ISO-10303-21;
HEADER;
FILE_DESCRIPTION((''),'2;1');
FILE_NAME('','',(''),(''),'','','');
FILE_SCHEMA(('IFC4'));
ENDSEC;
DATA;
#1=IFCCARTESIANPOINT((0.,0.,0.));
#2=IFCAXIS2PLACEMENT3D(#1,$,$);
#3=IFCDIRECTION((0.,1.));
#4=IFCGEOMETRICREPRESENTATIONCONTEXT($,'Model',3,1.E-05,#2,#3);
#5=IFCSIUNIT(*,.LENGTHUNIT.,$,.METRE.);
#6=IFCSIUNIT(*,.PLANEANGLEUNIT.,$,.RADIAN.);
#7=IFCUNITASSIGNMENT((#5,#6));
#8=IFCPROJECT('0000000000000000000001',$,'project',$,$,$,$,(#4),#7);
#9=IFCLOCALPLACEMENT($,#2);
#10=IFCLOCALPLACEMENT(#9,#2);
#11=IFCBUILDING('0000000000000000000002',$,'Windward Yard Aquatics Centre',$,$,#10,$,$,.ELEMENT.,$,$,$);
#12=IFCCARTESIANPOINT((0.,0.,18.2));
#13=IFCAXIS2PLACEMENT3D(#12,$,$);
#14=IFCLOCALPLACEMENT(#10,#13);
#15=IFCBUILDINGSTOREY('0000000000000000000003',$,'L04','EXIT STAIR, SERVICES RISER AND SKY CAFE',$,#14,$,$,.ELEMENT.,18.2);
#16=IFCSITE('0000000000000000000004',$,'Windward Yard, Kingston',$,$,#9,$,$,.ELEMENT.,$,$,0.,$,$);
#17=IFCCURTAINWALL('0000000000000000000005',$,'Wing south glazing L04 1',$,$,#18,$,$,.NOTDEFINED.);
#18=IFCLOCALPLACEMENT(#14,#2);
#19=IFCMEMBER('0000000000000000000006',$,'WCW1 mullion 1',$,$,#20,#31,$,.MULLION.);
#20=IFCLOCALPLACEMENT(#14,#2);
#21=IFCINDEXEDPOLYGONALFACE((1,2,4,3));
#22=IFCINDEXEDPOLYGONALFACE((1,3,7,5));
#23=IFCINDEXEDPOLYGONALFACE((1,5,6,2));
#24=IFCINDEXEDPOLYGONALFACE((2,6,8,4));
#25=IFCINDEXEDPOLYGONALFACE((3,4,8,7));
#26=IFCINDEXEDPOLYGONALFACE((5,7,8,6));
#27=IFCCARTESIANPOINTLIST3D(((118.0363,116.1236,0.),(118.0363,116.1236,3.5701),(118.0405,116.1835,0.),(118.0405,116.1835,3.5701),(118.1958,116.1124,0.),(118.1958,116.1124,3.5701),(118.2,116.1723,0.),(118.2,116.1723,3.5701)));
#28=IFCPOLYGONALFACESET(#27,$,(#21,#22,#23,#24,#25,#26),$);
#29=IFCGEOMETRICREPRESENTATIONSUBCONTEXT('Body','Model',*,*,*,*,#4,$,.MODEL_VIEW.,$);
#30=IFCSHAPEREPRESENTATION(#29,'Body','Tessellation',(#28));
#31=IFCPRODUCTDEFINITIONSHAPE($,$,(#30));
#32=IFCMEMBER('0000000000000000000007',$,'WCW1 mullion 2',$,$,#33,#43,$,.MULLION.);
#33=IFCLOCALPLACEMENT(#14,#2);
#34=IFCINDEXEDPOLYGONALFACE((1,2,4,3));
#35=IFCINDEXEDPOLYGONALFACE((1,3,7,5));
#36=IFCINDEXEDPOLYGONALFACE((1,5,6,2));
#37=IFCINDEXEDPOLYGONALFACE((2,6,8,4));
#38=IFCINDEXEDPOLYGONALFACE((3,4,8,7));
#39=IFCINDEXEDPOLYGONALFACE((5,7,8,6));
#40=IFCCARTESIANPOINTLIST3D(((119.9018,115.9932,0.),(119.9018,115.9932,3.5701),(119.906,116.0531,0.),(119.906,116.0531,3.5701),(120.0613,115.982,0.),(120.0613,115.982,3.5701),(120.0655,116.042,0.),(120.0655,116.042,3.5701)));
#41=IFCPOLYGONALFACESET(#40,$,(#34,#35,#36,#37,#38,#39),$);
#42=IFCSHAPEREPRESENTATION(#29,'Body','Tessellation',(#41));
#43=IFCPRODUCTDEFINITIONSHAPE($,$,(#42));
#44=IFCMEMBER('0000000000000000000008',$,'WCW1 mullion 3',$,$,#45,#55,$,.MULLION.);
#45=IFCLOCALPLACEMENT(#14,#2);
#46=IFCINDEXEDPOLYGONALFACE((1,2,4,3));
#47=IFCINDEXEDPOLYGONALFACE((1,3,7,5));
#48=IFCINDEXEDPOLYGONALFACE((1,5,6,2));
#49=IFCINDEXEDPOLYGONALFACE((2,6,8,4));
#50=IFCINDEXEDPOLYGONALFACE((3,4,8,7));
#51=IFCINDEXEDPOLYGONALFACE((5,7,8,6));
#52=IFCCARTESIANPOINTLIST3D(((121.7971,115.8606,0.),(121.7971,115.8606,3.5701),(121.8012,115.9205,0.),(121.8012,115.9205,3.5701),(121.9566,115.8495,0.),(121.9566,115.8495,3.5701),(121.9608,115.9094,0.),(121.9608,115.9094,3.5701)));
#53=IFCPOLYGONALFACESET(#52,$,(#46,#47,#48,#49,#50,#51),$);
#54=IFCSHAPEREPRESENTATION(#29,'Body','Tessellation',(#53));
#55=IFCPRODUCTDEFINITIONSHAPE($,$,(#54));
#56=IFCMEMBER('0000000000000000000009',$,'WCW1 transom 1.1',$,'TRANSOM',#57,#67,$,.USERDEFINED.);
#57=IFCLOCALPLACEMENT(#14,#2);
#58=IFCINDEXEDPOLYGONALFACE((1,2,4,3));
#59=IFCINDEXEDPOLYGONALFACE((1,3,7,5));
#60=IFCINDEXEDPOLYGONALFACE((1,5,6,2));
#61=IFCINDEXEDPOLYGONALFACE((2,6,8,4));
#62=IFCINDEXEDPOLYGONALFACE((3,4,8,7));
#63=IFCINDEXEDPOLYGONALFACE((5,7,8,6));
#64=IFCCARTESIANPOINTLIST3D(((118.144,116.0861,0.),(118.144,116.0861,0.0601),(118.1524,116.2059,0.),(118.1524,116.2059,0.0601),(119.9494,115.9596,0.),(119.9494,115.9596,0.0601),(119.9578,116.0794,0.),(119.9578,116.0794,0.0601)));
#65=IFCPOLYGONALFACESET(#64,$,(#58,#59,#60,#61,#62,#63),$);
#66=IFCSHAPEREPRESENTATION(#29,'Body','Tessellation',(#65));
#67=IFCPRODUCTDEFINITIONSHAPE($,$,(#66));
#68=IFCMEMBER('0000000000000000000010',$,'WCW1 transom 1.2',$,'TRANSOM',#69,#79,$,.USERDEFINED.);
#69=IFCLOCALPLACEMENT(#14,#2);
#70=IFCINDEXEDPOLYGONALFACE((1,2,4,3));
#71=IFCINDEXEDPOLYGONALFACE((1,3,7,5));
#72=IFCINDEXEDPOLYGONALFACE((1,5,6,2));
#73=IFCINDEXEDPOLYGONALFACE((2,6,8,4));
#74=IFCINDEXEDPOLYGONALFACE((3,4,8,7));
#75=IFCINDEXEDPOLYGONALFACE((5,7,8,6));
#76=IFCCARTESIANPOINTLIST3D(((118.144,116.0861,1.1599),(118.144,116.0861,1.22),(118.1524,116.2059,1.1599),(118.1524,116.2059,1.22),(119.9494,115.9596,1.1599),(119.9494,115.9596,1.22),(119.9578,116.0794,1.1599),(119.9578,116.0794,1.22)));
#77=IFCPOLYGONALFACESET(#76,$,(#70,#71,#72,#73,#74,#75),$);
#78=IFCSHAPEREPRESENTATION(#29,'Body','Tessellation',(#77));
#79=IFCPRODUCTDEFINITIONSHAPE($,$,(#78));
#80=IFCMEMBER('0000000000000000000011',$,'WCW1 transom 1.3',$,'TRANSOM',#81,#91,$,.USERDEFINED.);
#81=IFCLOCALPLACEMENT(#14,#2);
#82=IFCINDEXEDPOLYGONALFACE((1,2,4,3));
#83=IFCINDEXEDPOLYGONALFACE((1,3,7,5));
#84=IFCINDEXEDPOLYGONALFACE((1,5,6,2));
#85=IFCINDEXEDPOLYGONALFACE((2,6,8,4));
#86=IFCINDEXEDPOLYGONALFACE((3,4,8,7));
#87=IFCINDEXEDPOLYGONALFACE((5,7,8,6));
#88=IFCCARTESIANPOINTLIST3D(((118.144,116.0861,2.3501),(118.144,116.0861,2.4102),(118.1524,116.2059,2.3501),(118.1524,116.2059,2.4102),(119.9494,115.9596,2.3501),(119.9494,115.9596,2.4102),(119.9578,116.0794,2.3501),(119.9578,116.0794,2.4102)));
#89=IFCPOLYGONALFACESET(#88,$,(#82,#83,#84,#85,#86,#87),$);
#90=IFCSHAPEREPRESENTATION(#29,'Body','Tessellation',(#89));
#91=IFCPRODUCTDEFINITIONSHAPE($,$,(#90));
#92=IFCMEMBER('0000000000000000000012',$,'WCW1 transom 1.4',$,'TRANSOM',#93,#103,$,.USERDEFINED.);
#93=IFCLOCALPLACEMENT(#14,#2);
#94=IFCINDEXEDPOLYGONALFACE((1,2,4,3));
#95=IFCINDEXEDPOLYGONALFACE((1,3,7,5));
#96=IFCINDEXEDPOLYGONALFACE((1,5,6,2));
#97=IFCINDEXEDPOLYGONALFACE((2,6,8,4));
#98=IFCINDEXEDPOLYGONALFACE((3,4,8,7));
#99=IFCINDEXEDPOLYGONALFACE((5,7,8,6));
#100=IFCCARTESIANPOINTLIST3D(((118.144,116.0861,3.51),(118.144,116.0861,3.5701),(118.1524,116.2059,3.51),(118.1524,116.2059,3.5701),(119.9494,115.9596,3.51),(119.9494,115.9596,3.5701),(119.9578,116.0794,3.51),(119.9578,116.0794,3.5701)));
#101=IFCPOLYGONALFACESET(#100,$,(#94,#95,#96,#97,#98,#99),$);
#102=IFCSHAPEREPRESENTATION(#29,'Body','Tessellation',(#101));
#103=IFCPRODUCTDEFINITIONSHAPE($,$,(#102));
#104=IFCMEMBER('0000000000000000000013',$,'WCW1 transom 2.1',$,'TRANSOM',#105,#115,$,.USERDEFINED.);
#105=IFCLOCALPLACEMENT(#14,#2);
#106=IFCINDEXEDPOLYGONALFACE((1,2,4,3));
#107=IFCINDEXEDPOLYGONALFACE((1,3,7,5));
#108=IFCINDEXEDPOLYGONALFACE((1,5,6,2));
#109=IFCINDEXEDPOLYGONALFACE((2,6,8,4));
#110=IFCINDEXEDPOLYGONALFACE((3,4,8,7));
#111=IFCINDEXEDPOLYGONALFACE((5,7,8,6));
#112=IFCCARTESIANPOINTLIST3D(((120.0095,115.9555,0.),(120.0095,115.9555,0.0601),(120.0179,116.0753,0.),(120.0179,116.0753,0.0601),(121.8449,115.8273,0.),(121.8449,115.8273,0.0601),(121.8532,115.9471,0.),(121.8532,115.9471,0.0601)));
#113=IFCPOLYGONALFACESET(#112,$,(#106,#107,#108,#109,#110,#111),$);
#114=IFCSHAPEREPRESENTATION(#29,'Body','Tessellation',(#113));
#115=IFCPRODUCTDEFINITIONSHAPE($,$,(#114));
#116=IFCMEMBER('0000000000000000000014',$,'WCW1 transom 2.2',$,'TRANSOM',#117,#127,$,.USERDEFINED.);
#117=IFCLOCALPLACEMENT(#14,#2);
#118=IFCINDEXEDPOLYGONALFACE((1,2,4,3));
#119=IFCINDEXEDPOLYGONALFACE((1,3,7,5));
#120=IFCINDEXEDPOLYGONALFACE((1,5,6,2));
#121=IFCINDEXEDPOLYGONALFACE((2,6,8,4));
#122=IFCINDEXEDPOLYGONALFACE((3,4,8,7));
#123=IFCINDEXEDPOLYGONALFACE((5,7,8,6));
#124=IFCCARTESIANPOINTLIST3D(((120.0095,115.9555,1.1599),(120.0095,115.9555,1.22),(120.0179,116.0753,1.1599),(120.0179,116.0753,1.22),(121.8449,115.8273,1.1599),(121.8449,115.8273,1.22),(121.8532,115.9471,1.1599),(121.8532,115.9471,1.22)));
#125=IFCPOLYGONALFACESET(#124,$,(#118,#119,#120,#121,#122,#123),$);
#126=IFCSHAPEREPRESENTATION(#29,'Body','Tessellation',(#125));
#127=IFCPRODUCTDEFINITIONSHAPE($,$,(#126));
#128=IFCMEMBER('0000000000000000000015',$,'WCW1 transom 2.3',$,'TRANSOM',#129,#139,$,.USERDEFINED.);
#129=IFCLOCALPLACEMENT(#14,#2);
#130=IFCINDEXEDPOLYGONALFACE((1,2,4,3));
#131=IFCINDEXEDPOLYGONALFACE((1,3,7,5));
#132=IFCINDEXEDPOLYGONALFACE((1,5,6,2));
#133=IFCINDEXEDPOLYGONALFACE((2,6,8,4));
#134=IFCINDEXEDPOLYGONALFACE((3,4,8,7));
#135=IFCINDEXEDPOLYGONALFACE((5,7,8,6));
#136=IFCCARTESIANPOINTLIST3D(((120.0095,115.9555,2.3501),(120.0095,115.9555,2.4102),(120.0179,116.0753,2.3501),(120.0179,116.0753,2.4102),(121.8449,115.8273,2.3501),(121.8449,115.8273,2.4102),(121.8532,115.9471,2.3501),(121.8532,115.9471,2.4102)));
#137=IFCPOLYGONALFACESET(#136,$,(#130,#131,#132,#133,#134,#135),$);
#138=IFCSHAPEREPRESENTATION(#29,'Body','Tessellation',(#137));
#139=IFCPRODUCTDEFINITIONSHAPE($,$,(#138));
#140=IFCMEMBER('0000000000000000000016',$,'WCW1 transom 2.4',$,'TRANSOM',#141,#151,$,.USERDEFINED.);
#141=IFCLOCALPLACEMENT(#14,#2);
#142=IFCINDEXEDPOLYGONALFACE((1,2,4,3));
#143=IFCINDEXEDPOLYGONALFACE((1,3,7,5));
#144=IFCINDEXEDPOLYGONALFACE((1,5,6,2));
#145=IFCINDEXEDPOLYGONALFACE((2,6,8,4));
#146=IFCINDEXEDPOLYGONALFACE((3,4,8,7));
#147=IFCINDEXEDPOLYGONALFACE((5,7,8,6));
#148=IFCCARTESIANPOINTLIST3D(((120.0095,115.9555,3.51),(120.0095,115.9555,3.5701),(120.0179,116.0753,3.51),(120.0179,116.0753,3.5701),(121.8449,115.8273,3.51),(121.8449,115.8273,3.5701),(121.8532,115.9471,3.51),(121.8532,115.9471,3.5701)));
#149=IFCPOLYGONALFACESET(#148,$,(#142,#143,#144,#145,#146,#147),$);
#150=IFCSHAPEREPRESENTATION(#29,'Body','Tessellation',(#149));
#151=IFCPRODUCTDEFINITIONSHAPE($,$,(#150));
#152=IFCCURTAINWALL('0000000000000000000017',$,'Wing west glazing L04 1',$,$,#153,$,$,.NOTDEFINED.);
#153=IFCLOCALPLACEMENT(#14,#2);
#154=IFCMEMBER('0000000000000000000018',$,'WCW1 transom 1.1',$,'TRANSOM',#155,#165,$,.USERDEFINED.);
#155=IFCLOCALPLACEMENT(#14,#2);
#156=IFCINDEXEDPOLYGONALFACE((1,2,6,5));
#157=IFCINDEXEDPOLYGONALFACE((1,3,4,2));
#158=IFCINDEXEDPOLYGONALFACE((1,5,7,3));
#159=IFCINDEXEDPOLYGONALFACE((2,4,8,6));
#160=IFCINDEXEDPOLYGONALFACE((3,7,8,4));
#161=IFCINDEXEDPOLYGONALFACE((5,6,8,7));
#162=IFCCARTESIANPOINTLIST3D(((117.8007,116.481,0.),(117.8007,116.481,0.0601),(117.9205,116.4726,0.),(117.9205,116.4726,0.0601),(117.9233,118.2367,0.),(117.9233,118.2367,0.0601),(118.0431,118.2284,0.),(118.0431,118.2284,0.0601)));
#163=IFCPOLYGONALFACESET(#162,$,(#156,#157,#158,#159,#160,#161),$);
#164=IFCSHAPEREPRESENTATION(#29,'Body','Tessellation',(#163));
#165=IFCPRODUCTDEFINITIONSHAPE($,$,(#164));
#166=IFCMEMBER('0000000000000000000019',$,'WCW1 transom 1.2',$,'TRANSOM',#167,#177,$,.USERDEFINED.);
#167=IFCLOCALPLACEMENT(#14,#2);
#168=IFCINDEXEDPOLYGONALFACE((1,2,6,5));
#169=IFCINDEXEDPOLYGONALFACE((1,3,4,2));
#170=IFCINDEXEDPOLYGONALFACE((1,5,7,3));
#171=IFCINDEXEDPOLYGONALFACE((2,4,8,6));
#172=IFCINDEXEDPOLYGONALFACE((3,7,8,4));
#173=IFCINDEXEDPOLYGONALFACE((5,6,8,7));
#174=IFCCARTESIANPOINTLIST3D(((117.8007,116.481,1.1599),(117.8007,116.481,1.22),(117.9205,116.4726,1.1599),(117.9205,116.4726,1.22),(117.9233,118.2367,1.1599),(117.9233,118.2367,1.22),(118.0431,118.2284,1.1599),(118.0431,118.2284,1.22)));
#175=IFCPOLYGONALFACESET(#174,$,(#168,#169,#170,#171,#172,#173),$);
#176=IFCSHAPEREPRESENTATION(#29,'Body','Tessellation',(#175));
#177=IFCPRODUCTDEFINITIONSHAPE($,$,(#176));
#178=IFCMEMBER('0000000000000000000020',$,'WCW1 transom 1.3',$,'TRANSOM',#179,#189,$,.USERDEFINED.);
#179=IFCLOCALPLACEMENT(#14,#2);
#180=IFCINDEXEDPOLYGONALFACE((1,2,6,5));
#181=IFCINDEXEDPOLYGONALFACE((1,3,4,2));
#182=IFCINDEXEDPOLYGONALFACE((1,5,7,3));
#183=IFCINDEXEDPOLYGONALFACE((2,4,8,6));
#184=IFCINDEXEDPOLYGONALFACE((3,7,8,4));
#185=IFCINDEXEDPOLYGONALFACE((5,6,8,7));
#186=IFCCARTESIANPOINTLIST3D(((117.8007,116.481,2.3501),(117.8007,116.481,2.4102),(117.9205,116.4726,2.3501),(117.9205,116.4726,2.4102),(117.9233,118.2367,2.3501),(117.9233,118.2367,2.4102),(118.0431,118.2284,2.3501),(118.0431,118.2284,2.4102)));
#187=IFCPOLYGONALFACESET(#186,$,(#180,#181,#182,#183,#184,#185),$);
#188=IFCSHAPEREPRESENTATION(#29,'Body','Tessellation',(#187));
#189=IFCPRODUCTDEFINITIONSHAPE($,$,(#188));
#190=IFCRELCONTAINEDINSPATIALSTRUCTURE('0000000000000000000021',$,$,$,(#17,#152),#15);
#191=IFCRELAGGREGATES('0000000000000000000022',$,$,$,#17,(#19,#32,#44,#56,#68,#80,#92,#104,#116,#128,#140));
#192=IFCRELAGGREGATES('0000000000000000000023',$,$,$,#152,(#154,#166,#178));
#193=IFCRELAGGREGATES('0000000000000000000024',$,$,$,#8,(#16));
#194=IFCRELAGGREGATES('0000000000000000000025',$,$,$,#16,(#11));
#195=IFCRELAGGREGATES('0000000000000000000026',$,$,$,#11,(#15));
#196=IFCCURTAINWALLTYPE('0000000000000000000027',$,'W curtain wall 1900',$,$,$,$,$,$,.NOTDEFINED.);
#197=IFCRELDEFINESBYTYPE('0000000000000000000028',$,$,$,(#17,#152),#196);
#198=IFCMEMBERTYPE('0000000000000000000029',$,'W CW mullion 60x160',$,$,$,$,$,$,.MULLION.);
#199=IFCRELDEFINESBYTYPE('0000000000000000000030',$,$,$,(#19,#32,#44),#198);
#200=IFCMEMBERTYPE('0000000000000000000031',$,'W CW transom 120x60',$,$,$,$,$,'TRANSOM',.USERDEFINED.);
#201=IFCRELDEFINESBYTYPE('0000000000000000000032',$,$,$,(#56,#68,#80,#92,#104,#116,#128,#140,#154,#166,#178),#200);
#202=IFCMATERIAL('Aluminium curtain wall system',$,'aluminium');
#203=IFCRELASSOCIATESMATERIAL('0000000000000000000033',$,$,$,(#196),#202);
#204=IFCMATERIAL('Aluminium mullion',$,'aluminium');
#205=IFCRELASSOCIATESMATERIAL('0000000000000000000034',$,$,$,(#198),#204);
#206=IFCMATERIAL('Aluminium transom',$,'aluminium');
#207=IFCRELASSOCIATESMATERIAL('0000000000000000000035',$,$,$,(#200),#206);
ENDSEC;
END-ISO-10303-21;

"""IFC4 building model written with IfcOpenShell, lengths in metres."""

from ifc_helpers import new_model, si_unit, direction, frame, origin, origin_2d, place, context, subcontext, project, spatial, rectangle, extrude, material, material_profile, profile_set, type_object, element, aggregate, save


model = new_model("IFC4")

# Units and contexts
model_context = context("Model", 3, precision=1e-05, world=origin(), true_north=direction((0.0, 1.0)))
body_context = subcontext(model_context, "Body", "Model", "MODEL_VIEW")
ifc_project = project(units=[si_unit("LENGTHUNIT", "METRE"), si_unit("PLANEANGLEUNIT", "RADIAN")], contexts=[model_context])

# Site, building, storey
site_placement = place(None, origin())
site = spatial("IfcSite", under=ifc_project, at=site_placement, Name="Windward Yard, Kingston", CompositionType="ELEMENT", RefElevation=0.0)
building_placement = place(site_placement, origin())
building = spatial("IfcBuilding", under=site, at=building_placement, Name="Windward Yard Aquatics Centre", CompositionType="ELEMENT")
storey_placement = place(building_placement, frame((0.0, 0.0, 18.2)))
storey = spatial("IfcBuildingStorey", under=building, at=storey_placement, Name="L04", Description="EXIT STAIR, SERVICES RISER AND SKY CAFE", CompositionType="ELEMENT", Elevation=18.2)

# Curtain walls, members
ifc_material_1 = material(Name="Aluminium curtain wall system", Category="aluminium")
curtain_wall_type = type_object("IfcCurtainWallType", Name="W curtain wall 1900", PredefinedType="NOTDEFINED", material=ifc_material_1)
curtain_wall_1_placement = place(storey_placement, origin())
curtain_wall_1 = element("IfcCurtainWall", 1, at=curtain_wall_1_placement, inside=storey, type_object=curtain_wall_type, Name="Wing south glazing L04 1", PredefinedType="NOTDEFINED")
ifc_material_2 = material(Name="Aluminium mullion", Category="aluminium")
ifc_material_profile_1 = material_profile(ifc_material_2, rectangle(XDim=0.0601, YDim=0.1599, at=origin_2d()), Name="AL 60x160")
ifc_profile_set_1 = profile_set([ifc_material_profile_1], Name="Aluminium mullion")
member_type_1 = type_object("IfcMemberType", Name="W CW mullion 60x160", PredefinedType="MULLION", material=ifc_profile_set_1)
member_1_placement = place(storey_placement, frame((118.1182, 116.1479, 0.0), z_axis=(0.0, 0.0, 1.0), x_axis=(0.069758, 0.997564, 0.0)))
member_1 = element("IfcMember", 2, at=member_1_placement, type_object=member_type_1, Name="WCW1 mullion 1", PredefinedType="MULLION", context=body_context, shape_type="SweptSolid", body=[
    extrude(rectangle(XDim=0.0601, YDim=0.1599, at=origin_2d()), origin(), (0.0, 0.0, 1.0), 3.5701),
])
member_2_placement = place(storey_placement, frame((119.9836, 116.0176, 0.0), z_axis=(0.0, 0.0, 1.0), x_axis=(0.069758, 0.997564, 0.0)))
member_2 = element("IfcMember", 3, at=member_2_placement, type_object=member_type_1, Name="WCW1 mullion 2", PredefinedType="MULLION", context=body_context, shape_type="SweptSolid", body=[
    extrude(rectangle(XDim=0.0601, YDim=0.1599, at=origin_2d()), origin(), (0.0, 0.0, 1.0), 3.5701),
])
member_3_placement = place(storey_placement, frame((121.8789, 115.885, 0.0), z_axis=(0.0, 0.0, 1.0), x_axis=(0.069758, 0.997564, 0.0)))
member_3 = element("IfcMember", 4, at=member_3_placement, type_object=member_type_1, Name="WCW1 mullion 3", PredefinedType="MULLION", context=body_context, shape_type="SweptSolid", body=[
    extrude(rectangle(XDim=0.0601, YDim=0.1599, at=origin_2d()), origin(), (0.0, 0.0, 1.0), 3.5701),
])
ifc_material_3 = material(Name="Aluminium transom", Category="aluminium")
ifc_material_profile_2 = material_profile(ifc_material_3, rectangle(XDim=0.1201, YDim=0.0601, at=origin_2d()), Name="AL 120x60")
ifc_profile_set_2 = profile_set([ifc_material_profile_2], Name="Aluminium transom")
member_type_2 = type_object("IfcMemberType", Name="W CW transom 120x60", ElementType="TRANSOM", PredefinedType="USERDEFINED", material=ifc_profile_set_2)
member_4_placement = place(storey_placement, frame((118.1482, 116.146, 0.03), z_axis=(0.997556, -0.069876, 0.0), x_axis=(0.069876, 0.997556, 0.0)))
member_4 = element("IfcMember", 5, at=member_4_placement, type_object=member_type_2, Name="WCW1 transom 1.1", ObjectType="TRANSOM", PredefinedType="USERDEFINED", context=body_context, shape_type="SweptSolid", body=[
    extrude(rectangle(XDim=0.1201, YDim=0.0601, at=origin_2d()), origin(), (0.0, 0.0, 1.0), 1.8098),
])
member_5_placement = place(storey_placement, frame((118.1482, 116.146, 1.1899), z_axis=(0.997556, -0.069876, 0.0), x_axis=(0.069876, 0.997556, 0.0)))
member_5 = element("IfcMember", 6, at=member_5_placement, type_object=member_type_2, Name="WCW1 transom 1.2", ObjectType="TRANSOM", PredefinedType="USERDEFINED", context=body_context, shape_type="SweptSolid", body=[
    extrude(rectangle(XDim=0.1201, YDim=0.0601, at=origin_2d()), origin(), (0.0, 0.0, 1.0), 1.8098),
])
member_6_placement = place(storey_placement, frame((118.1482, 116.146, 2.3801), z_axis=(0.997556, -0.069876, 0.0), x_axis=(0.069876, 0.997556, 0.0)))
member_6 = element("IfcMember", 7, at=member_6_placement, type_object=member_type_2, Name="WCW1 transom 1.3", ObjectType="TRANSOM", PredefinedType="USERDEFINED", context=body_context, shape_type="SweptSolid", body=[
    extrude(rectangle(XDim=0.1201, YDim=0.0601, at=origin_2d()), origin(), (0.0, 0.0, 1.0), 1.8098),
])
member_7_placement = place(storey_placement, frame((118.1482, 116.146, 3.54), z_axis=(0.997556, -0.069876, 0.0), x_axis=(0.069876, 0.997556, 0.0)))
member_7 = element("IfcMember", 8, at=member_7_placement, type_object=member_type_2, Name="WCW1 transom 1.4", ObjectType="TRANSOM", PredefinedType="USERDEFINED", context=body_context, shape_type="SweptSolid", body=[
    extrude(rectangle(XDim=0.1201, YDim=0.0601, at=origin_2d()), origin(), (0.0, 0.0, 1.0), 1.8098),
])
member_8_placement = place(storey_placement, frame((120.0137, 116.0154, 0.03), z_axis=(0.997571, -0.069663, 0.0), x_axis=(0.069663, 0.997571, 0.0)))
member_8 = element("IfcMember", 9, at=member_8_placement, type_object=member_type_2, Name="WCW1 transom 2.1", ObjectType="TRANSOM", PredefinedType="USERDEFINED", context=body_context, shape_type="SweptSolid", body=[
    extrude(rectangle(XDim=0.1201, YDim=0.0601, at=origin_2d()), origin(), (0.0, 0.0, 1.0), 1.8398),
])
member_9_placement = place(storey_placement, frame((120.0137, 116.0154, 1.1899), z_axis=(0.997571, -0.069663, 0.0), x_axis=(0.069663, 0.997571, 0.0)))
member_9 = element("IfcMember", 10, at=member_9_placement, type_object=member_type_2, Name="WCW1 transom 2.2", ObjectType="TRANSOM", PredefinedType="USERDEFINED", context=body_context, shape_type="SweptSolid", body=[
    extrude(rectangle(XDim=0.1201, YDim=0.0601, at=origin_2d()), origin(), (0.0, 0.0, 1.0), 1.8398),
])
member_10_placement = place(storey_placement, frame((120.0137, 116.0154, 2.3801), z_axis=(0.997571, -0.069663, 0.0), x_axis=(0.069663, 0.997571, 0.0)))
member_10 = element("IfcMember", 11, at=member_10_placement, type_object=member_type_2, Name="WCW1 transom 2.3", ObjectType="TRANSOM", PredefinedType="USERDEFINED", context=body_context, shape_type="SweptSolid", body=[
    extrude(rectangle(XDim=0.1201, YDim=0.0601, at=origin_2d()), origin(), (0.0, 0.0, 1.0), 1.8398),
])
member_11_placement = place(storey_placement, frame((120.0137, 116.0154, 3.54), z_axis=(0.997571, -0.069663, 0.0), x_axis=(0.069663, 0.997571, 0.0)))
member_11 = element("IfcMember", 12, at=member_11_placement, type_object=member_type_2, Name="WCW1 transom 2.4", ObjectType="TRANSOM", PredefinedType="USERDEFINED", context=body_context, shape_type="SweptSolid", body=[
    extrude(rectangle(XDim=0.1201, YDim=0.0601, at=origin_2d()), origin(), (0.0, 0.0, 1.0), 1.8398),
])
curtain_wall_2_placement = place(storey_placement, origin())
curtain_wall_2 = element("IfcCurtainWall", 13, at=curtain_wall_2_placement, inside=storey, type_object=curtain_wall_type, Name="Wing west glazing L04 1", PredefinedType="NOTDEFINED")
member_12_placement = place(storey_placement, frame((117.8606, 116.4768, 0.03), z_axis=(0.06964, 0.997572, 0.0), x_axis=(-0.997572, 0.06964, 0.0)))
member_12 = element("IfcMember", 14, at=member_12_placement, type_object=member_type_2, Name="WCW1 transom 1.1", ObjectType="TRANSOM", PredefinedType="USERDEFINED", context=body_context, shape_type="SweptSolid", body=[
    extrude(rectangle(XDim=0.1201, YDim=0.0601, at=origin_2d()), origin(), (0.0, 0.0, 1.0), 1.76),
])
member_13_placement = place(storey_placement, frame((117.8606, 116.4768, 1.1899), z_axis=(0.06964, 0.997572, 0.0), x_axis=(-0.997572, 0.06964, 0.0)))
member_13 = element("IfcMember", 15, at=member_13_placement, type_object=member_type_2, Name="WCW1 transom 1.2", ObjectType="TRANSOM", PredefinedType="USERDEFINED", context=body_context, shape_type="SweptSolid", body=[
    extrude(rectangle(XDim=0.1201, YDim=0.0601, at=origin_2d()), origin(), (0.0, 0.0, 1.0), 1.76),
])
member_14_placement = place(storey_placement, frame((117.8606, 116.4768, 2.3801), z_axis=(0.06964, 0.997572, 0.0), x_axis=(-0.997572, 0.06964, 0.0)))
member_14 = element("IfcMember", 16, at=member_14_placement, type_object=member_type_2, Name="WCW1 transom 1.3", ObjectType="TRANSOM", PredefinedType="USERDEFINED", context=body_context, shape_type="SweptSolid", body=[
    extrude(rectangle(XDim=0.1201, YDim=0.0601, at=origin_2d()), origin(), (0.0, 0.0, 1.0), 1.76),
])

aggregate(curtain_wall_1, [member_1, member_2, member_3, member_4, member_5, member_6, member_7, member_8, member_9, member_10, member_11])
aggregate(curtain_wall_2, [member_12, member_13, member_14])

save(model, "model.ifc")
